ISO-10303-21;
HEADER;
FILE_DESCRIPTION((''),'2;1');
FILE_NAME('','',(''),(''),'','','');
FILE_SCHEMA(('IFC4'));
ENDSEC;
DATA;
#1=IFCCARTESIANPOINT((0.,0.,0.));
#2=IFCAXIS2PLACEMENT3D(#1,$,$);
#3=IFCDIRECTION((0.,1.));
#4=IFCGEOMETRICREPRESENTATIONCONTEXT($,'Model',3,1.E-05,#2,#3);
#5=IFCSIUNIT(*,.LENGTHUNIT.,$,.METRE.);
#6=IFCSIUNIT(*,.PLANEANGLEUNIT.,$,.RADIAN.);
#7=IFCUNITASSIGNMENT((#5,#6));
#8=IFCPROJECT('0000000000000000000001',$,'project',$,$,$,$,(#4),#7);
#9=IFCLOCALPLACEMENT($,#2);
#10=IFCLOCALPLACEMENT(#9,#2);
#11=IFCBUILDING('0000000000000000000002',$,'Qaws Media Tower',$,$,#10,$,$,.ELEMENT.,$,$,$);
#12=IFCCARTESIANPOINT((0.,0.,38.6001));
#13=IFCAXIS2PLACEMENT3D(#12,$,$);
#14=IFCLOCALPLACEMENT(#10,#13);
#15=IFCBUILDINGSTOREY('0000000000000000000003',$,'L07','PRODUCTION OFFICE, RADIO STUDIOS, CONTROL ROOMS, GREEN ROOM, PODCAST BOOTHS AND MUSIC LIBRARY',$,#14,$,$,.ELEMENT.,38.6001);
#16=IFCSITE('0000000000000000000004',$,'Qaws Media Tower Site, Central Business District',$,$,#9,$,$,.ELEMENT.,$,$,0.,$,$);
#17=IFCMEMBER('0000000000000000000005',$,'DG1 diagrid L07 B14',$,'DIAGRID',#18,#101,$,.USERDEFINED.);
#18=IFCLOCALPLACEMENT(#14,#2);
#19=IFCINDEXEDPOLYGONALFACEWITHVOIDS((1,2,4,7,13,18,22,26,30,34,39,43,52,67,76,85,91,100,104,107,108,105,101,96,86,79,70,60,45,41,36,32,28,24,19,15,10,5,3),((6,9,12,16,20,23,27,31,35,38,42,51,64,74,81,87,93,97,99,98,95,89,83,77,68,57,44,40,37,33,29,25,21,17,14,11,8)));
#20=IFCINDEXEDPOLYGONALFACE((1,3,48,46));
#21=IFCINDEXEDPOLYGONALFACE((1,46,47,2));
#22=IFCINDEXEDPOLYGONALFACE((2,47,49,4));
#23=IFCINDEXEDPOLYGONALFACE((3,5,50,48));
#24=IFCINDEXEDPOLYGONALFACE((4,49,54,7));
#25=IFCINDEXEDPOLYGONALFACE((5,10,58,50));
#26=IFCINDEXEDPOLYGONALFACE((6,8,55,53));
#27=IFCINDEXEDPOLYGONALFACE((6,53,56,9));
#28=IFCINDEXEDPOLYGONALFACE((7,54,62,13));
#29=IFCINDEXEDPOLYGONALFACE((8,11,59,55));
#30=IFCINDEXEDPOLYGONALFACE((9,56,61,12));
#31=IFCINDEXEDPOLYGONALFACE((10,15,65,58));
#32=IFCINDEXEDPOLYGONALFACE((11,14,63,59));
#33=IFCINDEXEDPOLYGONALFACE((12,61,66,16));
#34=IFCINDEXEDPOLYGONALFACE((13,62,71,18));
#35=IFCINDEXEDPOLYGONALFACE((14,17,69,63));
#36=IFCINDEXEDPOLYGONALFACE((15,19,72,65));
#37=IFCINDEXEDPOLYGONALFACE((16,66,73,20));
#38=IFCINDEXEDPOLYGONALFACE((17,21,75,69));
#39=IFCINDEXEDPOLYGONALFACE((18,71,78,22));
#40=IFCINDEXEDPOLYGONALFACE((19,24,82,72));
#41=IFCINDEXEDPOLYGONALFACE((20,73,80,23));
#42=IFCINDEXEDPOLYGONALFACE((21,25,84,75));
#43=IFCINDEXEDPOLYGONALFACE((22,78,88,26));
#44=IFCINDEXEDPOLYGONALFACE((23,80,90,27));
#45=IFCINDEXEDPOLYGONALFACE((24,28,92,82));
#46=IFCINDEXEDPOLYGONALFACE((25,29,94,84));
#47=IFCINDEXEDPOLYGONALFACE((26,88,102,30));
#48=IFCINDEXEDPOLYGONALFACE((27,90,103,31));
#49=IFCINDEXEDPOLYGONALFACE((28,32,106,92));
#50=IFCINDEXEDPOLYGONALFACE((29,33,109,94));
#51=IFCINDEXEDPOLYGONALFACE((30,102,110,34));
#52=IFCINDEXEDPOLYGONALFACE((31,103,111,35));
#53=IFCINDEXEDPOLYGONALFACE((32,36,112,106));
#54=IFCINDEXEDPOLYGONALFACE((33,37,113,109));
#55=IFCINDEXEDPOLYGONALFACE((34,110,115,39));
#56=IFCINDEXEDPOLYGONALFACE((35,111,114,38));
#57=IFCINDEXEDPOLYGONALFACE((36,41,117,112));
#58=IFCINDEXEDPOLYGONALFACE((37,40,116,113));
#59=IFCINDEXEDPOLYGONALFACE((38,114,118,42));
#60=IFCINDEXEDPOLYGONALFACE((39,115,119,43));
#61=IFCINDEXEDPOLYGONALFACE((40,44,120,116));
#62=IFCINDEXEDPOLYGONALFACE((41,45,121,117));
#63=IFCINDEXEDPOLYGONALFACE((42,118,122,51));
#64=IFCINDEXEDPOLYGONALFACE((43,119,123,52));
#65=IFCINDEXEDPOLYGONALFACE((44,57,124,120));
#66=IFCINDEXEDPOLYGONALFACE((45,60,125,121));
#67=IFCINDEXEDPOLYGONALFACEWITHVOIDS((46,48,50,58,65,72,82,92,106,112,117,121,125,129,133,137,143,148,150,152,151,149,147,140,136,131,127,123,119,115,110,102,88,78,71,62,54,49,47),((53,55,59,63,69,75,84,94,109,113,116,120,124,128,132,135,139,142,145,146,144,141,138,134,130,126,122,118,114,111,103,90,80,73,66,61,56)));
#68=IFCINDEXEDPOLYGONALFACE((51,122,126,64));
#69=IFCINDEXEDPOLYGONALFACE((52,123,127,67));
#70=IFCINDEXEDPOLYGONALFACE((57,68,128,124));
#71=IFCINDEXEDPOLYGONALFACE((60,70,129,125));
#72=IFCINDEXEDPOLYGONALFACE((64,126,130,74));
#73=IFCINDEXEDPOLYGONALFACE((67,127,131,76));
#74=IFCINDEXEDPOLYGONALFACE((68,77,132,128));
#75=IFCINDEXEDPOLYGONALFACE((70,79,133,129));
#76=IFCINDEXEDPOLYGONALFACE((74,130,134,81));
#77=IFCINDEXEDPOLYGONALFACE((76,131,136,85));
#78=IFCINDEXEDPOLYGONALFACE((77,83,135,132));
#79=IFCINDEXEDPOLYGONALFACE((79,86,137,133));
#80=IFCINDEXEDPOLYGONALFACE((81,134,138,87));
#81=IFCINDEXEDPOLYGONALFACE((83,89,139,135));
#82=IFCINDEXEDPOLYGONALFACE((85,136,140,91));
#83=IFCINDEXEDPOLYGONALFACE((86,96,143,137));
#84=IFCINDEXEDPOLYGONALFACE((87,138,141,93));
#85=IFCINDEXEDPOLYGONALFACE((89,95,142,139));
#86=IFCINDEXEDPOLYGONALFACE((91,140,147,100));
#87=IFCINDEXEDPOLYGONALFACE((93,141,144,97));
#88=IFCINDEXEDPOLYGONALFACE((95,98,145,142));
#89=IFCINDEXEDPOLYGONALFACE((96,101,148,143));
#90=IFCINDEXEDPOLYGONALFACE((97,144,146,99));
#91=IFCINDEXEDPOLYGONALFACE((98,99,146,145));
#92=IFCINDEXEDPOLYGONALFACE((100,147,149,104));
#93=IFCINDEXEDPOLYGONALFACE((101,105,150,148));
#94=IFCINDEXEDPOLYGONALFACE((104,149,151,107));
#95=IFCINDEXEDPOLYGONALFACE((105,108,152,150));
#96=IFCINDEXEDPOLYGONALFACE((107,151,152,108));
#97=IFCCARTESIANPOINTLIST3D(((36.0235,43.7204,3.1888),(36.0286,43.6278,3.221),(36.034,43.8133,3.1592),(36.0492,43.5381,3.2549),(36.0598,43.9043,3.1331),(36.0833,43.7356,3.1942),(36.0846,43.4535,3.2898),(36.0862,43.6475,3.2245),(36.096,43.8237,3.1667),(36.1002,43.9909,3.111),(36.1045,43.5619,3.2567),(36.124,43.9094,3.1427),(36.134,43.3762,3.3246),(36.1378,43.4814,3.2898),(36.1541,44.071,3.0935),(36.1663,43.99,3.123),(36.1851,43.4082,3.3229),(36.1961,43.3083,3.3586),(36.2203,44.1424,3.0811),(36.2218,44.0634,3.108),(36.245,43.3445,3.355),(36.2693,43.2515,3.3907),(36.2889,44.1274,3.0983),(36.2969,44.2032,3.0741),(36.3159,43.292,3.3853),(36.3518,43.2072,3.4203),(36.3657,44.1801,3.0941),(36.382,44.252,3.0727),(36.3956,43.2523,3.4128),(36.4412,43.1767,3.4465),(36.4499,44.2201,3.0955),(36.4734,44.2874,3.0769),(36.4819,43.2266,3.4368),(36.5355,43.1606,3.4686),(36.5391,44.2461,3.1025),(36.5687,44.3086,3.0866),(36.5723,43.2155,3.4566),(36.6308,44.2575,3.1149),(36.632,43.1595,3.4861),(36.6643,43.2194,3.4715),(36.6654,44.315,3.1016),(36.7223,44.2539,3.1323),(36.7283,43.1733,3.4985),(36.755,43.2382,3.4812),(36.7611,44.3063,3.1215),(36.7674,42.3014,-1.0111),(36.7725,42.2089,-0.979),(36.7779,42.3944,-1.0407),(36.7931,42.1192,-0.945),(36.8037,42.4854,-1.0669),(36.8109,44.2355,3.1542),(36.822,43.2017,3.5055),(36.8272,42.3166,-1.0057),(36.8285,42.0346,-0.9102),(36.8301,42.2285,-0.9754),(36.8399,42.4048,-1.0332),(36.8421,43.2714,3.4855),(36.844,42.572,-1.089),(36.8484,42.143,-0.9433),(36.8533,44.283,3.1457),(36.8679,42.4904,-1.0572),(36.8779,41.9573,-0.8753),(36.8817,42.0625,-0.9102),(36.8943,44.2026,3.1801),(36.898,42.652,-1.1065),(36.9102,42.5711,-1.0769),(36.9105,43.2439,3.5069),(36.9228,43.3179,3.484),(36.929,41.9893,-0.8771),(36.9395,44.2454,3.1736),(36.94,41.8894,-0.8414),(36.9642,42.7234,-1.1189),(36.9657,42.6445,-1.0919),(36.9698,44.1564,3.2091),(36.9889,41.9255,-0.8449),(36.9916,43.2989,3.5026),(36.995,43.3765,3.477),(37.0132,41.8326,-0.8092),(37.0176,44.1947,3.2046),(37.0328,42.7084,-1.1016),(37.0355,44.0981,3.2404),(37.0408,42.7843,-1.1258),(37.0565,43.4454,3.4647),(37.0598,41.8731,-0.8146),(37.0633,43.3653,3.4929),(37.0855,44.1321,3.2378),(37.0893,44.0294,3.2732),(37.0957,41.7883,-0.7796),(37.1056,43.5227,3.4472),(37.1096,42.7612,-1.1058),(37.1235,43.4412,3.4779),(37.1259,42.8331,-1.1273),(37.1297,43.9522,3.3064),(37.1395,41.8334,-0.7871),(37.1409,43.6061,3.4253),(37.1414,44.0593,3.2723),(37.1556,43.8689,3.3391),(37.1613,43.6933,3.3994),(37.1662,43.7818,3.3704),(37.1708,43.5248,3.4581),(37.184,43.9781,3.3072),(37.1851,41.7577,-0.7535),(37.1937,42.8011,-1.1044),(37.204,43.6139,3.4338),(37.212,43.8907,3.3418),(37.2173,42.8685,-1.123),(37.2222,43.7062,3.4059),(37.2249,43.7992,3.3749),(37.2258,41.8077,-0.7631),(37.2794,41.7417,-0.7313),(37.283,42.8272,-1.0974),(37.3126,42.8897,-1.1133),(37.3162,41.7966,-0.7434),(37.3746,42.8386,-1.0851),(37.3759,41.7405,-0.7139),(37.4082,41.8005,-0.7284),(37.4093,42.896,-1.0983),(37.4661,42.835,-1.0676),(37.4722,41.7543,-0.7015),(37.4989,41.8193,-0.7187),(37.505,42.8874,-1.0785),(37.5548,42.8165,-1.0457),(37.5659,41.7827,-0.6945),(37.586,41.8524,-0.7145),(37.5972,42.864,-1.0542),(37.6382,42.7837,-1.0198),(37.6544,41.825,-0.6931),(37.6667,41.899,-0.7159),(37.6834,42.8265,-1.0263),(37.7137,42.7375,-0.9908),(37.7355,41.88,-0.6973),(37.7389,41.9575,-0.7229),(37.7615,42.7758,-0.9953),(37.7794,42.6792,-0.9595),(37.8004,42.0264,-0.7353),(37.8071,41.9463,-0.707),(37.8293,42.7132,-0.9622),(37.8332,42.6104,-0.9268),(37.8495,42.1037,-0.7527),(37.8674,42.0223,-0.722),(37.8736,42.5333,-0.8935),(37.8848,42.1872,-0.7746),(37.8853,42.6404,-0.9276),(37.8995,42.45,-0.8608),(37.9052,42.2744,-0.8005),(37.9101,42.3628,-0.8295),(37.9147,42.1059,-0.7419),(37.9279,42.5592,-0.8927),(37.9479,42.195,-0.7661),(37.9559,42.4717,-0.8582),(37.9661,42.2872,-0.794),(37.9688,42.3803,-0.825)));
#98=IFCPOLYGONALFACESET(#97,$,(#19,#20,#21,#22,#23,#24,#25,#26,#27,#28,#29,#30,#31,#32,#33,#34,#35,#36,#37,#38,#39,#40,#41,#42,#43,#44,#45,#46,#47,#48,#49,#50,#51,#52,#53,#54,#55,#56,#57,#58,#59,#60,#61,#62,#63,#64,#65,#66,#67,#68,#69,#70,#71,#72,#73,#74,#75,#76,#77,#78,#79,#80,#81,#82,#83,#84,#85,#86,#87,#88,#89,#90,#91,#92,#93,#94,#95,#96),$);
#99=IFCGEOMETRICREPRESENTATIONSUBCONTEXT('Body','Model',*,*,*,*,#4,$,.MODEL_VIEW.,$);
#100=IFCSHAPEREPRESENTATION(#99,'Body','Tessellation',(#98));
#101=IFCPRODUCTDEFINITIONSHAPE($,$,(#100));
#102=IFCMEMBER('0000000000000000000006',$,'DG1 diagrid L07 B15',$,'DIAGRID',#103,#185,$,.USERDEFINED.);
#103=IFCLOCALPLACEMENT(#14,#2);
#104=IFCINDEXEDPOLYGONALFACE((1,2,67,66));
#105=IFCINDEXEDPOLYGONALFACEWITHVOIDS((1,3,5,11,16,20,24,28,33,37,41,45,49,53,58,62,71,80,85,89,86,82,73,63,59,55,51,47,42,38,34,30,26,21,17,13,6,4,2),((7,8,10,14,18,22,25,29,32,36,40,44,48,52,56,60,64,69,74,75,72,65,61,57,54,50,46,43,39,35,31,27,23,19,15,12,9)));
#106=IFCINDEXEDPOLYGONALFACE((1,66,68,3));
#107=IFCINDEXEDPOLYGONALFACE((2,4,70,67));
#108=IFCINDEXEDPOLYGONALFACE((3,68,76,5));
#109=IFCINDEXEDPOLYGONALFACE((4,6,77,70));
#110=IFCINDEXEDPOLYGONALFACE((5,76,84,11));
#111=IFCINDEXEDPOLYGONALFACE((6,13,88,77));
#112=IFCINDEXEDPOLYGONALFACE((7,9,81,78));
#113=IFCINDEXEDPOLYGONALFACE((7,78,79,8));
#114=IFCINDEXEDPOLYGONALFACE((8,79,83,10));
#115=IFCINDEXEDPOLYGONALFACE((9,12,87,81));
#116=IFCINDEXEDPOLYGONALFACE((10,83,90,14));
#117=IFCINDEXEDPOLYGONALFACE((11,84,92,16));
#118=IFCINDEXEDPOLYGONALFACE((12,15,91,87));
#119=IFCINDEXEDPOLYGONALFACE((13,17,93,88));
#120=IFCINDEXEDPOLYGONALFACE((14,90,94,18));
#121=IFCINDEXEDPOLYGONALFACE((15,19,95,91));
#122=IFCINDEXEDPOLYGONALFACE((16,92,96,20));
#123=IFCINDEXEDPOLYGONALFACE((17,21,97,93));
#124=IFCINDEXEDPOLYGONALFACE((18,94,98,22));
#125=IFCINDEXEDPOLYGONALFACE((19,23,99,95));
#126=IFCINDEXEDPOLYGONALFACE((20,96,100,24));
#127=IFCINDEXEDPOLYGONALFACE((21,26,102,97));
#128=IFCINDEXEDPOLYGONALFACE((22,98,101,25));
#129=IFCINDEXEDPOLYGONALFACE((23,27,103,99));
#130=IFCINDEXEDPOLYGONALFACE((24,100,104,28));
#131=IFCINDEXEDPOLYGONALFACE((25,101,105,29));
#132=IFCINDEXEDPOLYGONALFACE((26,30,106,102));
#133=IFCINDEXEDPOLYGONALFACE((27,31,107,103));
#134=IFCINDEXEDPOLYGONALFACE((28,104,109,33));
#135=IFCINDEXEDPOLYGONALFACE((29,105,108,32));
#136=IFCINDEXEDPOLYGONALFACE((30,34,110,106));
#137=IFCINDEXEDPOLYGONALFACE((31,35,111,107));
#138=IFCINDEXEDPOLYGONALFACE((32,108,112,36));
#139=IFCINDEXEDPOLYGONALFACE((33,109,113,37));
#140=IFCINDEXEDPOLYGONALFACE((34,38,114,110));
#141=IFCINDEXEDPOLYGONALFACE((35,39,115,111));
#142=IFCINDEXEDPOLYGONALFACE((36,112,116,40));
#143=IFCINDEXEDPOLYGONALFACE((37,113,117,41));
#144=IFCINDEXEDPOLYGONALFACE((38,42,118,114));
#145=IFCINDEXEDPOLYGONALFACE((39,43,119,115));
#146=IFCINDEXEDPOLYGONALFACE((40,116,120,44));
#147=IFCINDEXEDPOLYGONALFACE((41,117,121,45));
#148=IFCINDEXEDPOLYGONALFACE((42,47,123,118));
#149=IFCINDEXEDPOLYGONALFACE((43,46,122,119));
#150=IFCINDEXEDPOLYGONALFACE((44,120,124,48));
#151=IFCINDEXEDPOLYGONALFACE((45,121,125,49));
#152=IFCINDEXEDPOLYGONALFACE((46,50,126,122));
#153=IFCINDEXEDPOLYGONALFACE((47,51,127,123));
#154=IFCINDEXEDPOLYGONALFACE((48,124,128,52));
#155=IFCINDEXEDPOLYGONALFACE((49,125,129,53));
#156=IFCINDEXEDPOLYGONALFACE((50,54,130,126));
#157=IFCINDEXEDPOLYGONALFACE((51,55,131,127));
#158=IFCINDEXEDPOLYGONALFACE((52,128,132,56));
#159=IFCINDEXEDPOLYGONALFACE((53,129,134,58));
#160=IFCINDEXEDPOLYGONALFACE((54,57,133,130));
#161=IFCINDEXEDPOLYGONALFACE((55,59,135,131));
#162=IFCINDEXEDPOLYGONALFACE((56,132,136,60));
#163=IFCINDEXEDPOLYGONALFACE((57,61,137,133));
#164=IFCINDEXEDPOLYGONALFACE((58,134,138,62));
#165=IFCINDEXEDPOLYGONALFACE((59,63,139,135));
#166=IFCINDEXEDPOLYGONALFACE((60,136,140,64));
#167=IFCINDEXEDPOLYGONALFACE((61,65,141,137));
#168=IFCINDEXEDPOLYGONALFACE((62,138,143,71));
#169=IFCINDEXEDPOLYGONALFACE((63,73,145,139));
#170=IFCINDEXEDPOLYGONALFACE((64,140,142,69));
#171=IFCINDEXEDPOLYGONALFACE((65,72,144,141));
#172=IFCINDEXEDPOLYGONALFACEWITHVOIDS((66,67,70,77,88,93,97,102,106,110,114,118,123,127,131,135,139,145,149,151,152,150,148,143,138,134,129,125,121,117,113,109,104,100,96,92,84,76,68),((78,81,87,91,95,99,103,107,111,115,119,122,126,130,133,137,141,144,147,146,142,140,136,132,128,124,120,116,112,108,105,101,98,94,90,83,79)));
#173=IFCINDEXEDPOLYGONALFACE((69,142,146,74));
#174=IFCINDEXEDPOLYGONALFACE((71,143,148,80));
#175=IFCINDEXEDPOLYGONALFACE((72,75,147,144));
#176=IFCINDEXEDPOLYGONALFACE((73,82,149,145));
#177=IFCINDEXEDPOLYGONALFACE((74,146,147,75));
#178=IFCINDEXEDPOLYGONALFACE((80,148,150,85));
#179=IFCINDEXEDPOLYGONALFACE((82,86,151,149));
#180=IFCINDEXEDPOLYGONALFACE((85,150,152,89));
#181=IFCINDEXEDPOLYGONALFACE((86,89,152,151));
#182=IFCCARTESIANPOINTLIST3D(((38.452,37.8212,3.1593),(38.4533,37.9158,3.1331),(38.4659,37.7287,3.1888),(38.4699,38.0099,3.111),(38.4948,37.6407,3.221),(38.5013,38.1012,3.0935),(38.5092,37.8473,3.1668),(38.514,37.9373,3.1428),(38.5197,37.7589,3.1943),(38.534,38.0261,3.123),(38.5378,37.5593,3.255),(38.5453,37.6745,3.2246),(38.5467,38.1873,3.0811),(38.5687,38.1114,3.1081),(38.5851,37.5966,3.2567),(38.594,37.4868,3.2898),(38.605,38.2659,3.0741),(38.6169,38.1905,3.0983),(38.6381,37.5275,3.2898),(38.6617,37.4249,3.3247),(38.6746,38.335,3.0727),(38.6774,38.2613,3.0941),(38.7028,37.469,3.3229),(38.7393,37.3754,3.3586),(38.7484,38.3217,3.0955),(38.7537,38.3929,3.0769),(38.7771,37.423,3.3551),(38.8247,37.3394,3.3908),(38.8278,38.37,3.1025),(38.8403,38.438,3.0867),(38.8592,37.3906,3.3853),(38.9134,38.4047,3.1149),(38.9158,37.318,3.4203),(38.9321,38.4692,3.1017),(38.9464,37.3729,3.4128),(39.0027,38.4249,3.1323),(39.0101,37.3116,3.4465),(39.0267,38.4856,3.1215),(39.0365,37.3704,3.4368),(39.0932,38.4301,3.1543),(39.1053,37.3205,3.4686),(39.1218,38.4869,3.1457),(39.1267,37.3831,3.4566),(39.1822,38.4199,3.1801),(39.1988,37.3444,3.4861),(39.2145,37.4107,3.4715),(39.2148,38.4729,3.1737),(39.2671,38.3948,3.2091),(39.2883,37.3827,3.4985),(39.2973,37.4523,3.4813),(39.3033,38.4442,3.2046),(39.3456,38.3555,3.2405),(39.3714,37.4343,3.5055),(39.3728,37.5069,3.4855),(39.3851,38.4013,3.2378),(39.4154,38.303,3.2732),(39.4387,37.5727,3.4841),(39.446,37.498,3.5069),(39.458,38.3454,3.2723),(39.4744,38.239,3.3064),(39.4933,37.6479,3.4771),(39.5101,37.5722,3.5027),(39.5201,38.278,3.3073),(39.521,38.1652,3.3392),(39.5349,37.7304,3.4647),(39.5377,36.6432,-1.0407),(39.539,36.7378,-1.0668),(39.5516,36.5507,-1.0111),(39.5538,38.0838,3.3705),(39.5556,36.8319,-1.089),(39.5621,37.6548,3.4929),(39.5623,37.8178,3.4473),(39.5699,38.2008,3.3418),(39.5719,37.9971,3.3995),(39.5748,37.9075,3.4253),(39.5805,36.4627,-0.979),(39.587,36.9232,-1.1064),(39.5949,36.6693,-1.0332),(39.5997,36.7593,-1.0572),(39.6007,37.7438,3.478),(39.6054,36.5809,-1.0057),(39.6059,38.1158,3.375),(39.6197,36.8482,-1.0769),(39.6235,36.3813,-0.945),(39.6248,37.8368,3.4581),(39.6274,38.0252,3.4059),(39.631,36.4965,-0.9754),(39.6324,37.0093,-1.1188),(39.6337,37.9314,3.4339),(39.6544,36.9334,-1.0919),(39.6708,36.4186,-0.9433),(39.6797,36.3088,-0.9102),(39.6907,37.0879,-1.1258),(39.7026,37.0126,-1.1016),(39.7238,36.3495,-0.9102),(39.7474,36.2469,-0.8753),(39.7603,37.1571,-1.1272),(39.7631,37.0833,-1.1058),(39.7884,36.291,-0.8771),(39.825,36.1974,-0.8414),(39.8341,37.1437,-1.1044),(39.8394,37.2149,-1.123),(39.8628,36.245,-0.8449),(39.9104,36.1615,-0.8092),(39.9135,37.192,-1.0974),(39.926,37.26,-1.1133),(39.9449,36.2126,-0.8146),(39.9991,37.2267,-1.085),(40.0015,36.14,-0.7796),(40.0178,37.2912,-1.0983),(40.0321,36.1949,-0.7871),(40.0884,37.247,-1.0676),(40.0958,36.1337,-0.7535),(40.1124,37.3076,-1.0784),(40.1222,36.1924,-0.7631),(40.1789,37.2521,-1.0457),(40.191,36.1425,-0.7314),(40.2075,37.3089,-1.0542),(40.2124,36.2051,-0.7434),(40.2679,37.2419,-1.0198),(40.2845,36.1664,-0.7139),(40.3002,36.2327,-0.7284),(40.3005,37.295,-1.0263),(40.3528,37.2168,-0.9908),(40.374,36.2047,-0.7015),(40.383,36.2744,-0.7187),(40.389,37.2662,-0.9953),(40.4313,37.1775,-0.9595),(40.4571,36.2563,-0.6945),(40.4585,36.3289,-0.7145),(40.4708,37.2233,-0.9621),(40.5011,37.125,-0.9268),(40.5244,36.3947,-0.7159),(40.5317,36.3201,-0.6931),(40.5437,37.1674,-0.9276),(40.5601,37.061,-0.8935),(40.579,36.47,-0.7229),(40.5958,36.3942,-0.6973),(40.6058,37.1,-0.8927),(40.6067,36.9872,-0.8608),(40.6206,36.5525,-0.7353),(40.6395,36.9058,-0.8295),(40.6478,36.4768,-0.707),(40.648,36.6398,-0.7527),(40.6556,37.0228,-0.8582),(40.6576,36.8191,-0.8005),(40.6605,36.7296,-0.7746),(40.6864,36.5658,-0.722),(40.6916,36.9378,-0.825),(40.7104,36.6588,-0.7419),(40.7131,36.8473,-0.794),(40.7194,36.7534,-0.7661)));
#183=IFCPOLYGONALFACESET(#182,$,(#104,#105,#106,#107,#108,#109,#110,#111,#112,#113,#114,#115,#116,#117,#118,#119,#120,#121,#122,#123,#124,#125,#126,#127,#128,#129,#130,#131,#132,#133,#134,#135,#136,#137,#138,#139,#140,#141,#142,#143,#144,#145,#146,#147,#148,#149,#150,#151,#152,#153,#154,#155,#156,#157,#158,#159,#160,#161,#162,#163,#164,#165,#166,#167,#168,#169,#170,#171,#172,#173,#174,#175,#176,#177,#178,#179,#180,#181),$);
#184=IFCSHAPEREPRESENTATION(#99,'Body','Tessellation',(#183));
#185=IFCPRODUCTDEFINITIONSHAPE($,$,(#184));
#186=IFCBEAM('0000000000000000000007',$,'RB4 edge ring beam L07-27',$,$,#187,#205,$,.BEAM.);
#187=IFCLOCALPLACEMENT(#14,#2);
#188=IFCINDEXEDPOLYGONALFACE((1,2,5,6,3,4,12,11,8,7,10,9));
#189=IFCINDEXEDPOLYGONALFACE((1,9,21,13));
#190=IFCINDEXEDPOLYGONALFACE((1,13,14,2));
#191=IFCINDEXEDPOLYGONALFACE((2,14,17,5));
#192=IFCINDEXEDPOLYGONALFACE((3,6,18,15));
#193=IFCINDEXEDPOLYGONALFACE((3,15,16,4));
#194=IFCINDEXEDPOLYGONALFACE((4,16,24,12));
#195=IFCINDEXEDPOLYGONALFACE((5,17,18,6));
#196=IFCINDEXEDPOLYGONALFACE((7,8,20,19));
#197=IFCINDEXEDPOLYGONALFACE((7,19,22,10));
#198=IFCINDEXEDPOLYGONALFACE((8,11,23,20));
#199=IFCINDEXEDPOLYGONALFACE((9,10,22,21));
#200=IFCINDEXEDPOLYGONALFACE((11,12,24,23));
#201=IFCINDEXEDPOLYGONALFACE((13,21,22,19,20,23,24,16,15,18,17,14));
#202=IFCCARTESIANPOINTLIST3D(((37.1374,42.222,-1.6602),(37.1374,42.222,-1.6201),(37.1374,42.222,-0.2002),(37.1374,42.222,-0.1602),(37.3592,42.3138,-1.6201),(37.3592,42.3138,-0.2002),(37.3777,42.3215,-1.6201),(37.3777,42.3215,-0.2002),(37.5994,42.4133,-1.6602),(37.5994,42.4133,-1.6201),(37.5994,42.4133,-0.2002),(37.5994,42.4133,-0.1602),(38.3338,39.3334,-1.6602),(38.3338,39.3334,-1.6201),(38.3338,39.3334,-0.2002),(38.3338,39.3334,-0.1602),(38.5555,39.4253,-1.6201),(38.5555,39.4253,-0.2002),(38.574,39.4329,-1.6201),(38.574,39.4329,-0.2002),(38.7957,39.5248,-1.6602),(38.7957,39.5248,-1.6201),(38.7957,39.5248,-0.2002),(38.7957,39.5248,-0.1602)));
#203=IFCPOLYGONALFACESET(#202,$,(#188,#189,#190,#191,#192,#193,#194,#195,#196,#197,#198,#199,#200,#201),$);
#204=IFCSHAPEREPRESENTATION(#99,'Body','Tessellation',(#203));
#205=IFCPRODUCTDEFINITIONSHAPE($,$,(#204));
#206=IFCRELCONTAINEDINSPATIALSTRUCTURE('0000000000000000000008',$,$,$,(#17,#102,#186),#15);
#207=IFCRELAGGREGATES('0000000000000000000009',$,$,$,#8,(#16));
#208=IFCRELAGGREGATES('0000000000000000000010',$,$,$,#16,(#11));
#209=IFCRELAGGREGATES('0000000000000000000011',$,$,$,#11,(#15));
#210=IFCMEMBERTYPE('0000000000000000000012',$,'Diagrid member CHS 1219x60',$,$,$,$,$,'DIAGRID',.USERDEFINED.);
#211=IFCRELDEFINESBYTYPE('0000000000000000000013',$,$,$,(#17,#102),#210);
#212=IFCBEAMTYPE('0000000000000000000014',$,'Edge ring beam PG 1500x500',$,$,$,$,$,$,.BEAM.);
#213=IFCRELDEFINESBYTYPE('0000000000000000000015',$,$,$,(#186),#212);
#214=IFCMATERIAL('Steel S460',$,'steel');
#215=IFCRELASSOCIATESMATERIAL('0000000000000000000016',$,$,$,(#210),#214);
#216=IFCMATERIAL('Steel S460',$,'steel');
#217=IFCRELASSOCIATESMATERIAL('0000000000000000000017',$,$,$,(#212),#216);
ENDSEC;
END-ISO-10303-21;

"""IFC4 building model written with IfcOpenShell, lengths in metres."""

from ifc_helpers import new_model, si_unit, direction, frame, origin, origin_2d, place, context, subcontext, project, spatial, hollow_circle, i_section, extrude, material, material_profile, profile_set, type_object, element, save


model = new_model("IFC4")

# Units and contexts
model_context = context("Model", 3, precision=1e-05, world=origin(), true_north=direction((0.0, 1.0)))
body_context = subcontext(model_context, "Body", "Model", "MODEL_VIEW")
ifc_project = project(units=[si_unit("LENGTHUNIT", "METRE"), si_unit("PLANEANGLEUNIT", "RADIAN")], contexts=[model_context])

# Site, building, storey
site_placement = place(None, origin())
site = spatial("IfcSite", under=ifc_project, at=site_placement, Name="Qaws Media Tower Site, Central Business District", CompositionType="ELEMENT", RefElevation=0.0)
building_placement = place(site_placement, origin())
building = spatial("IfcBuilding", under=site, at=building_placement, Name="Qaws Media Tower", CompositionType="ELEMENT")
storey_placement = place(building_placement, frame((0.0, 0.0, 38.6001)))
storey = spatial("IfcBuildingStorey", under=building, at=storey_placement, Name="L07", Description="PRODUCTION OFFICE, RADIO STUDIOS, CONTROL ROOMS, GREEN ROOM, PODCAST BOOTHS AND MUSIC LIBRARY", CompositionType="ELEMENT", Elevation=38.6001)

# Members
ifc_material_1 = material(Name="Steel S460", Category="steel")
ifc_material_profile_1 = material_profile(ifc_material_1, hollow_circle(Radius=0.6096, WallThickness=0.0601, at=origin_2d()), Name="CHS 1219x60")
ifc_profile_set_1 = profile_set([ifc_material_profile_1], Name="Steel S460")
member_type_1 = type_object("IfcMemberType", Name="Diagrid member CHS 1219x60", ElementType="DIAGRID", PredefinedType="USERDEFINED", material=ifc_profile_set_1)
for number, where, z_axis, x_axis, name in (
    (1, (37.3684, 42.3176, -0.9102), (-0.165489, 0.315661, 0.934329), (-0.885667, -0.46432, 0.0), "DG1 diagrid L07 B14"),
    (2, (40.1279, 36.7219, -0.9102), (-0.241528, 0.262058, 0.934339), (-0.735323, -0.677717, 0.0), "DG1 diagrid L07 B15"),
):
    element("IfcMember", number, at=place(storey_placement, frame(where, z_axis=z_axis, x_axis=x_axis)), inside=storey, type_object=member_type_1, Name=name, ObjectType="DIAGRID", PredefinedType="USERDEFINED", context=body_context, shape_type="SweptSolid", body=[
        extrude(hollow_circle(Radius=0.6096, WallThickness=0.0601, at=origin_2d()), origin(), (0.0, 0.0, 1.0), 4.4951),
    ])

# Beam
ifc_material_2 = material(Name="Steel S460", Category="steel")
ifc_material_profile_2 = material_profile(ifc_material_2, i_section(OverallWidth=0.5, OverallDepth=1.5, WebThickness=0.02, FlangeThickness=0.04, at=origin_2d()), Name="PG 1500x500")
ifc_profile_set_2 = profile_set([ifc_material_profile_2], Name="Steel S460")
beam_type = type_object("IfcBeamType", Name="Edge ring beam PG 1500x500", PredefinedType="BEAM", material=ifc_profile_set_2)
beam_placement = place(storey_placement, frame((37.3684, 42.3176, -0.9102), z_axis=(0.382646, -0.923895, 0.0), x_axis=(0.923895, 0.382646, 0.0)))
element("IfcBeam", 3, at=beam_placement, inside=storey, type_object=beam_type, Name="RB4 edge ring beam L07-27", PredefinedType="BEAM", context=body_context, shape_type="SweptSolid", body=[
    extrude(i_section(OverallWidth=0.5, OverallDepth=1.5, WebThickness=0.02, FlangeThickness=0.04, at=origin_2d()), origin(), (0.0, 0.0, 1.0), 3.1265),
])

save(model, "model.ifc")
